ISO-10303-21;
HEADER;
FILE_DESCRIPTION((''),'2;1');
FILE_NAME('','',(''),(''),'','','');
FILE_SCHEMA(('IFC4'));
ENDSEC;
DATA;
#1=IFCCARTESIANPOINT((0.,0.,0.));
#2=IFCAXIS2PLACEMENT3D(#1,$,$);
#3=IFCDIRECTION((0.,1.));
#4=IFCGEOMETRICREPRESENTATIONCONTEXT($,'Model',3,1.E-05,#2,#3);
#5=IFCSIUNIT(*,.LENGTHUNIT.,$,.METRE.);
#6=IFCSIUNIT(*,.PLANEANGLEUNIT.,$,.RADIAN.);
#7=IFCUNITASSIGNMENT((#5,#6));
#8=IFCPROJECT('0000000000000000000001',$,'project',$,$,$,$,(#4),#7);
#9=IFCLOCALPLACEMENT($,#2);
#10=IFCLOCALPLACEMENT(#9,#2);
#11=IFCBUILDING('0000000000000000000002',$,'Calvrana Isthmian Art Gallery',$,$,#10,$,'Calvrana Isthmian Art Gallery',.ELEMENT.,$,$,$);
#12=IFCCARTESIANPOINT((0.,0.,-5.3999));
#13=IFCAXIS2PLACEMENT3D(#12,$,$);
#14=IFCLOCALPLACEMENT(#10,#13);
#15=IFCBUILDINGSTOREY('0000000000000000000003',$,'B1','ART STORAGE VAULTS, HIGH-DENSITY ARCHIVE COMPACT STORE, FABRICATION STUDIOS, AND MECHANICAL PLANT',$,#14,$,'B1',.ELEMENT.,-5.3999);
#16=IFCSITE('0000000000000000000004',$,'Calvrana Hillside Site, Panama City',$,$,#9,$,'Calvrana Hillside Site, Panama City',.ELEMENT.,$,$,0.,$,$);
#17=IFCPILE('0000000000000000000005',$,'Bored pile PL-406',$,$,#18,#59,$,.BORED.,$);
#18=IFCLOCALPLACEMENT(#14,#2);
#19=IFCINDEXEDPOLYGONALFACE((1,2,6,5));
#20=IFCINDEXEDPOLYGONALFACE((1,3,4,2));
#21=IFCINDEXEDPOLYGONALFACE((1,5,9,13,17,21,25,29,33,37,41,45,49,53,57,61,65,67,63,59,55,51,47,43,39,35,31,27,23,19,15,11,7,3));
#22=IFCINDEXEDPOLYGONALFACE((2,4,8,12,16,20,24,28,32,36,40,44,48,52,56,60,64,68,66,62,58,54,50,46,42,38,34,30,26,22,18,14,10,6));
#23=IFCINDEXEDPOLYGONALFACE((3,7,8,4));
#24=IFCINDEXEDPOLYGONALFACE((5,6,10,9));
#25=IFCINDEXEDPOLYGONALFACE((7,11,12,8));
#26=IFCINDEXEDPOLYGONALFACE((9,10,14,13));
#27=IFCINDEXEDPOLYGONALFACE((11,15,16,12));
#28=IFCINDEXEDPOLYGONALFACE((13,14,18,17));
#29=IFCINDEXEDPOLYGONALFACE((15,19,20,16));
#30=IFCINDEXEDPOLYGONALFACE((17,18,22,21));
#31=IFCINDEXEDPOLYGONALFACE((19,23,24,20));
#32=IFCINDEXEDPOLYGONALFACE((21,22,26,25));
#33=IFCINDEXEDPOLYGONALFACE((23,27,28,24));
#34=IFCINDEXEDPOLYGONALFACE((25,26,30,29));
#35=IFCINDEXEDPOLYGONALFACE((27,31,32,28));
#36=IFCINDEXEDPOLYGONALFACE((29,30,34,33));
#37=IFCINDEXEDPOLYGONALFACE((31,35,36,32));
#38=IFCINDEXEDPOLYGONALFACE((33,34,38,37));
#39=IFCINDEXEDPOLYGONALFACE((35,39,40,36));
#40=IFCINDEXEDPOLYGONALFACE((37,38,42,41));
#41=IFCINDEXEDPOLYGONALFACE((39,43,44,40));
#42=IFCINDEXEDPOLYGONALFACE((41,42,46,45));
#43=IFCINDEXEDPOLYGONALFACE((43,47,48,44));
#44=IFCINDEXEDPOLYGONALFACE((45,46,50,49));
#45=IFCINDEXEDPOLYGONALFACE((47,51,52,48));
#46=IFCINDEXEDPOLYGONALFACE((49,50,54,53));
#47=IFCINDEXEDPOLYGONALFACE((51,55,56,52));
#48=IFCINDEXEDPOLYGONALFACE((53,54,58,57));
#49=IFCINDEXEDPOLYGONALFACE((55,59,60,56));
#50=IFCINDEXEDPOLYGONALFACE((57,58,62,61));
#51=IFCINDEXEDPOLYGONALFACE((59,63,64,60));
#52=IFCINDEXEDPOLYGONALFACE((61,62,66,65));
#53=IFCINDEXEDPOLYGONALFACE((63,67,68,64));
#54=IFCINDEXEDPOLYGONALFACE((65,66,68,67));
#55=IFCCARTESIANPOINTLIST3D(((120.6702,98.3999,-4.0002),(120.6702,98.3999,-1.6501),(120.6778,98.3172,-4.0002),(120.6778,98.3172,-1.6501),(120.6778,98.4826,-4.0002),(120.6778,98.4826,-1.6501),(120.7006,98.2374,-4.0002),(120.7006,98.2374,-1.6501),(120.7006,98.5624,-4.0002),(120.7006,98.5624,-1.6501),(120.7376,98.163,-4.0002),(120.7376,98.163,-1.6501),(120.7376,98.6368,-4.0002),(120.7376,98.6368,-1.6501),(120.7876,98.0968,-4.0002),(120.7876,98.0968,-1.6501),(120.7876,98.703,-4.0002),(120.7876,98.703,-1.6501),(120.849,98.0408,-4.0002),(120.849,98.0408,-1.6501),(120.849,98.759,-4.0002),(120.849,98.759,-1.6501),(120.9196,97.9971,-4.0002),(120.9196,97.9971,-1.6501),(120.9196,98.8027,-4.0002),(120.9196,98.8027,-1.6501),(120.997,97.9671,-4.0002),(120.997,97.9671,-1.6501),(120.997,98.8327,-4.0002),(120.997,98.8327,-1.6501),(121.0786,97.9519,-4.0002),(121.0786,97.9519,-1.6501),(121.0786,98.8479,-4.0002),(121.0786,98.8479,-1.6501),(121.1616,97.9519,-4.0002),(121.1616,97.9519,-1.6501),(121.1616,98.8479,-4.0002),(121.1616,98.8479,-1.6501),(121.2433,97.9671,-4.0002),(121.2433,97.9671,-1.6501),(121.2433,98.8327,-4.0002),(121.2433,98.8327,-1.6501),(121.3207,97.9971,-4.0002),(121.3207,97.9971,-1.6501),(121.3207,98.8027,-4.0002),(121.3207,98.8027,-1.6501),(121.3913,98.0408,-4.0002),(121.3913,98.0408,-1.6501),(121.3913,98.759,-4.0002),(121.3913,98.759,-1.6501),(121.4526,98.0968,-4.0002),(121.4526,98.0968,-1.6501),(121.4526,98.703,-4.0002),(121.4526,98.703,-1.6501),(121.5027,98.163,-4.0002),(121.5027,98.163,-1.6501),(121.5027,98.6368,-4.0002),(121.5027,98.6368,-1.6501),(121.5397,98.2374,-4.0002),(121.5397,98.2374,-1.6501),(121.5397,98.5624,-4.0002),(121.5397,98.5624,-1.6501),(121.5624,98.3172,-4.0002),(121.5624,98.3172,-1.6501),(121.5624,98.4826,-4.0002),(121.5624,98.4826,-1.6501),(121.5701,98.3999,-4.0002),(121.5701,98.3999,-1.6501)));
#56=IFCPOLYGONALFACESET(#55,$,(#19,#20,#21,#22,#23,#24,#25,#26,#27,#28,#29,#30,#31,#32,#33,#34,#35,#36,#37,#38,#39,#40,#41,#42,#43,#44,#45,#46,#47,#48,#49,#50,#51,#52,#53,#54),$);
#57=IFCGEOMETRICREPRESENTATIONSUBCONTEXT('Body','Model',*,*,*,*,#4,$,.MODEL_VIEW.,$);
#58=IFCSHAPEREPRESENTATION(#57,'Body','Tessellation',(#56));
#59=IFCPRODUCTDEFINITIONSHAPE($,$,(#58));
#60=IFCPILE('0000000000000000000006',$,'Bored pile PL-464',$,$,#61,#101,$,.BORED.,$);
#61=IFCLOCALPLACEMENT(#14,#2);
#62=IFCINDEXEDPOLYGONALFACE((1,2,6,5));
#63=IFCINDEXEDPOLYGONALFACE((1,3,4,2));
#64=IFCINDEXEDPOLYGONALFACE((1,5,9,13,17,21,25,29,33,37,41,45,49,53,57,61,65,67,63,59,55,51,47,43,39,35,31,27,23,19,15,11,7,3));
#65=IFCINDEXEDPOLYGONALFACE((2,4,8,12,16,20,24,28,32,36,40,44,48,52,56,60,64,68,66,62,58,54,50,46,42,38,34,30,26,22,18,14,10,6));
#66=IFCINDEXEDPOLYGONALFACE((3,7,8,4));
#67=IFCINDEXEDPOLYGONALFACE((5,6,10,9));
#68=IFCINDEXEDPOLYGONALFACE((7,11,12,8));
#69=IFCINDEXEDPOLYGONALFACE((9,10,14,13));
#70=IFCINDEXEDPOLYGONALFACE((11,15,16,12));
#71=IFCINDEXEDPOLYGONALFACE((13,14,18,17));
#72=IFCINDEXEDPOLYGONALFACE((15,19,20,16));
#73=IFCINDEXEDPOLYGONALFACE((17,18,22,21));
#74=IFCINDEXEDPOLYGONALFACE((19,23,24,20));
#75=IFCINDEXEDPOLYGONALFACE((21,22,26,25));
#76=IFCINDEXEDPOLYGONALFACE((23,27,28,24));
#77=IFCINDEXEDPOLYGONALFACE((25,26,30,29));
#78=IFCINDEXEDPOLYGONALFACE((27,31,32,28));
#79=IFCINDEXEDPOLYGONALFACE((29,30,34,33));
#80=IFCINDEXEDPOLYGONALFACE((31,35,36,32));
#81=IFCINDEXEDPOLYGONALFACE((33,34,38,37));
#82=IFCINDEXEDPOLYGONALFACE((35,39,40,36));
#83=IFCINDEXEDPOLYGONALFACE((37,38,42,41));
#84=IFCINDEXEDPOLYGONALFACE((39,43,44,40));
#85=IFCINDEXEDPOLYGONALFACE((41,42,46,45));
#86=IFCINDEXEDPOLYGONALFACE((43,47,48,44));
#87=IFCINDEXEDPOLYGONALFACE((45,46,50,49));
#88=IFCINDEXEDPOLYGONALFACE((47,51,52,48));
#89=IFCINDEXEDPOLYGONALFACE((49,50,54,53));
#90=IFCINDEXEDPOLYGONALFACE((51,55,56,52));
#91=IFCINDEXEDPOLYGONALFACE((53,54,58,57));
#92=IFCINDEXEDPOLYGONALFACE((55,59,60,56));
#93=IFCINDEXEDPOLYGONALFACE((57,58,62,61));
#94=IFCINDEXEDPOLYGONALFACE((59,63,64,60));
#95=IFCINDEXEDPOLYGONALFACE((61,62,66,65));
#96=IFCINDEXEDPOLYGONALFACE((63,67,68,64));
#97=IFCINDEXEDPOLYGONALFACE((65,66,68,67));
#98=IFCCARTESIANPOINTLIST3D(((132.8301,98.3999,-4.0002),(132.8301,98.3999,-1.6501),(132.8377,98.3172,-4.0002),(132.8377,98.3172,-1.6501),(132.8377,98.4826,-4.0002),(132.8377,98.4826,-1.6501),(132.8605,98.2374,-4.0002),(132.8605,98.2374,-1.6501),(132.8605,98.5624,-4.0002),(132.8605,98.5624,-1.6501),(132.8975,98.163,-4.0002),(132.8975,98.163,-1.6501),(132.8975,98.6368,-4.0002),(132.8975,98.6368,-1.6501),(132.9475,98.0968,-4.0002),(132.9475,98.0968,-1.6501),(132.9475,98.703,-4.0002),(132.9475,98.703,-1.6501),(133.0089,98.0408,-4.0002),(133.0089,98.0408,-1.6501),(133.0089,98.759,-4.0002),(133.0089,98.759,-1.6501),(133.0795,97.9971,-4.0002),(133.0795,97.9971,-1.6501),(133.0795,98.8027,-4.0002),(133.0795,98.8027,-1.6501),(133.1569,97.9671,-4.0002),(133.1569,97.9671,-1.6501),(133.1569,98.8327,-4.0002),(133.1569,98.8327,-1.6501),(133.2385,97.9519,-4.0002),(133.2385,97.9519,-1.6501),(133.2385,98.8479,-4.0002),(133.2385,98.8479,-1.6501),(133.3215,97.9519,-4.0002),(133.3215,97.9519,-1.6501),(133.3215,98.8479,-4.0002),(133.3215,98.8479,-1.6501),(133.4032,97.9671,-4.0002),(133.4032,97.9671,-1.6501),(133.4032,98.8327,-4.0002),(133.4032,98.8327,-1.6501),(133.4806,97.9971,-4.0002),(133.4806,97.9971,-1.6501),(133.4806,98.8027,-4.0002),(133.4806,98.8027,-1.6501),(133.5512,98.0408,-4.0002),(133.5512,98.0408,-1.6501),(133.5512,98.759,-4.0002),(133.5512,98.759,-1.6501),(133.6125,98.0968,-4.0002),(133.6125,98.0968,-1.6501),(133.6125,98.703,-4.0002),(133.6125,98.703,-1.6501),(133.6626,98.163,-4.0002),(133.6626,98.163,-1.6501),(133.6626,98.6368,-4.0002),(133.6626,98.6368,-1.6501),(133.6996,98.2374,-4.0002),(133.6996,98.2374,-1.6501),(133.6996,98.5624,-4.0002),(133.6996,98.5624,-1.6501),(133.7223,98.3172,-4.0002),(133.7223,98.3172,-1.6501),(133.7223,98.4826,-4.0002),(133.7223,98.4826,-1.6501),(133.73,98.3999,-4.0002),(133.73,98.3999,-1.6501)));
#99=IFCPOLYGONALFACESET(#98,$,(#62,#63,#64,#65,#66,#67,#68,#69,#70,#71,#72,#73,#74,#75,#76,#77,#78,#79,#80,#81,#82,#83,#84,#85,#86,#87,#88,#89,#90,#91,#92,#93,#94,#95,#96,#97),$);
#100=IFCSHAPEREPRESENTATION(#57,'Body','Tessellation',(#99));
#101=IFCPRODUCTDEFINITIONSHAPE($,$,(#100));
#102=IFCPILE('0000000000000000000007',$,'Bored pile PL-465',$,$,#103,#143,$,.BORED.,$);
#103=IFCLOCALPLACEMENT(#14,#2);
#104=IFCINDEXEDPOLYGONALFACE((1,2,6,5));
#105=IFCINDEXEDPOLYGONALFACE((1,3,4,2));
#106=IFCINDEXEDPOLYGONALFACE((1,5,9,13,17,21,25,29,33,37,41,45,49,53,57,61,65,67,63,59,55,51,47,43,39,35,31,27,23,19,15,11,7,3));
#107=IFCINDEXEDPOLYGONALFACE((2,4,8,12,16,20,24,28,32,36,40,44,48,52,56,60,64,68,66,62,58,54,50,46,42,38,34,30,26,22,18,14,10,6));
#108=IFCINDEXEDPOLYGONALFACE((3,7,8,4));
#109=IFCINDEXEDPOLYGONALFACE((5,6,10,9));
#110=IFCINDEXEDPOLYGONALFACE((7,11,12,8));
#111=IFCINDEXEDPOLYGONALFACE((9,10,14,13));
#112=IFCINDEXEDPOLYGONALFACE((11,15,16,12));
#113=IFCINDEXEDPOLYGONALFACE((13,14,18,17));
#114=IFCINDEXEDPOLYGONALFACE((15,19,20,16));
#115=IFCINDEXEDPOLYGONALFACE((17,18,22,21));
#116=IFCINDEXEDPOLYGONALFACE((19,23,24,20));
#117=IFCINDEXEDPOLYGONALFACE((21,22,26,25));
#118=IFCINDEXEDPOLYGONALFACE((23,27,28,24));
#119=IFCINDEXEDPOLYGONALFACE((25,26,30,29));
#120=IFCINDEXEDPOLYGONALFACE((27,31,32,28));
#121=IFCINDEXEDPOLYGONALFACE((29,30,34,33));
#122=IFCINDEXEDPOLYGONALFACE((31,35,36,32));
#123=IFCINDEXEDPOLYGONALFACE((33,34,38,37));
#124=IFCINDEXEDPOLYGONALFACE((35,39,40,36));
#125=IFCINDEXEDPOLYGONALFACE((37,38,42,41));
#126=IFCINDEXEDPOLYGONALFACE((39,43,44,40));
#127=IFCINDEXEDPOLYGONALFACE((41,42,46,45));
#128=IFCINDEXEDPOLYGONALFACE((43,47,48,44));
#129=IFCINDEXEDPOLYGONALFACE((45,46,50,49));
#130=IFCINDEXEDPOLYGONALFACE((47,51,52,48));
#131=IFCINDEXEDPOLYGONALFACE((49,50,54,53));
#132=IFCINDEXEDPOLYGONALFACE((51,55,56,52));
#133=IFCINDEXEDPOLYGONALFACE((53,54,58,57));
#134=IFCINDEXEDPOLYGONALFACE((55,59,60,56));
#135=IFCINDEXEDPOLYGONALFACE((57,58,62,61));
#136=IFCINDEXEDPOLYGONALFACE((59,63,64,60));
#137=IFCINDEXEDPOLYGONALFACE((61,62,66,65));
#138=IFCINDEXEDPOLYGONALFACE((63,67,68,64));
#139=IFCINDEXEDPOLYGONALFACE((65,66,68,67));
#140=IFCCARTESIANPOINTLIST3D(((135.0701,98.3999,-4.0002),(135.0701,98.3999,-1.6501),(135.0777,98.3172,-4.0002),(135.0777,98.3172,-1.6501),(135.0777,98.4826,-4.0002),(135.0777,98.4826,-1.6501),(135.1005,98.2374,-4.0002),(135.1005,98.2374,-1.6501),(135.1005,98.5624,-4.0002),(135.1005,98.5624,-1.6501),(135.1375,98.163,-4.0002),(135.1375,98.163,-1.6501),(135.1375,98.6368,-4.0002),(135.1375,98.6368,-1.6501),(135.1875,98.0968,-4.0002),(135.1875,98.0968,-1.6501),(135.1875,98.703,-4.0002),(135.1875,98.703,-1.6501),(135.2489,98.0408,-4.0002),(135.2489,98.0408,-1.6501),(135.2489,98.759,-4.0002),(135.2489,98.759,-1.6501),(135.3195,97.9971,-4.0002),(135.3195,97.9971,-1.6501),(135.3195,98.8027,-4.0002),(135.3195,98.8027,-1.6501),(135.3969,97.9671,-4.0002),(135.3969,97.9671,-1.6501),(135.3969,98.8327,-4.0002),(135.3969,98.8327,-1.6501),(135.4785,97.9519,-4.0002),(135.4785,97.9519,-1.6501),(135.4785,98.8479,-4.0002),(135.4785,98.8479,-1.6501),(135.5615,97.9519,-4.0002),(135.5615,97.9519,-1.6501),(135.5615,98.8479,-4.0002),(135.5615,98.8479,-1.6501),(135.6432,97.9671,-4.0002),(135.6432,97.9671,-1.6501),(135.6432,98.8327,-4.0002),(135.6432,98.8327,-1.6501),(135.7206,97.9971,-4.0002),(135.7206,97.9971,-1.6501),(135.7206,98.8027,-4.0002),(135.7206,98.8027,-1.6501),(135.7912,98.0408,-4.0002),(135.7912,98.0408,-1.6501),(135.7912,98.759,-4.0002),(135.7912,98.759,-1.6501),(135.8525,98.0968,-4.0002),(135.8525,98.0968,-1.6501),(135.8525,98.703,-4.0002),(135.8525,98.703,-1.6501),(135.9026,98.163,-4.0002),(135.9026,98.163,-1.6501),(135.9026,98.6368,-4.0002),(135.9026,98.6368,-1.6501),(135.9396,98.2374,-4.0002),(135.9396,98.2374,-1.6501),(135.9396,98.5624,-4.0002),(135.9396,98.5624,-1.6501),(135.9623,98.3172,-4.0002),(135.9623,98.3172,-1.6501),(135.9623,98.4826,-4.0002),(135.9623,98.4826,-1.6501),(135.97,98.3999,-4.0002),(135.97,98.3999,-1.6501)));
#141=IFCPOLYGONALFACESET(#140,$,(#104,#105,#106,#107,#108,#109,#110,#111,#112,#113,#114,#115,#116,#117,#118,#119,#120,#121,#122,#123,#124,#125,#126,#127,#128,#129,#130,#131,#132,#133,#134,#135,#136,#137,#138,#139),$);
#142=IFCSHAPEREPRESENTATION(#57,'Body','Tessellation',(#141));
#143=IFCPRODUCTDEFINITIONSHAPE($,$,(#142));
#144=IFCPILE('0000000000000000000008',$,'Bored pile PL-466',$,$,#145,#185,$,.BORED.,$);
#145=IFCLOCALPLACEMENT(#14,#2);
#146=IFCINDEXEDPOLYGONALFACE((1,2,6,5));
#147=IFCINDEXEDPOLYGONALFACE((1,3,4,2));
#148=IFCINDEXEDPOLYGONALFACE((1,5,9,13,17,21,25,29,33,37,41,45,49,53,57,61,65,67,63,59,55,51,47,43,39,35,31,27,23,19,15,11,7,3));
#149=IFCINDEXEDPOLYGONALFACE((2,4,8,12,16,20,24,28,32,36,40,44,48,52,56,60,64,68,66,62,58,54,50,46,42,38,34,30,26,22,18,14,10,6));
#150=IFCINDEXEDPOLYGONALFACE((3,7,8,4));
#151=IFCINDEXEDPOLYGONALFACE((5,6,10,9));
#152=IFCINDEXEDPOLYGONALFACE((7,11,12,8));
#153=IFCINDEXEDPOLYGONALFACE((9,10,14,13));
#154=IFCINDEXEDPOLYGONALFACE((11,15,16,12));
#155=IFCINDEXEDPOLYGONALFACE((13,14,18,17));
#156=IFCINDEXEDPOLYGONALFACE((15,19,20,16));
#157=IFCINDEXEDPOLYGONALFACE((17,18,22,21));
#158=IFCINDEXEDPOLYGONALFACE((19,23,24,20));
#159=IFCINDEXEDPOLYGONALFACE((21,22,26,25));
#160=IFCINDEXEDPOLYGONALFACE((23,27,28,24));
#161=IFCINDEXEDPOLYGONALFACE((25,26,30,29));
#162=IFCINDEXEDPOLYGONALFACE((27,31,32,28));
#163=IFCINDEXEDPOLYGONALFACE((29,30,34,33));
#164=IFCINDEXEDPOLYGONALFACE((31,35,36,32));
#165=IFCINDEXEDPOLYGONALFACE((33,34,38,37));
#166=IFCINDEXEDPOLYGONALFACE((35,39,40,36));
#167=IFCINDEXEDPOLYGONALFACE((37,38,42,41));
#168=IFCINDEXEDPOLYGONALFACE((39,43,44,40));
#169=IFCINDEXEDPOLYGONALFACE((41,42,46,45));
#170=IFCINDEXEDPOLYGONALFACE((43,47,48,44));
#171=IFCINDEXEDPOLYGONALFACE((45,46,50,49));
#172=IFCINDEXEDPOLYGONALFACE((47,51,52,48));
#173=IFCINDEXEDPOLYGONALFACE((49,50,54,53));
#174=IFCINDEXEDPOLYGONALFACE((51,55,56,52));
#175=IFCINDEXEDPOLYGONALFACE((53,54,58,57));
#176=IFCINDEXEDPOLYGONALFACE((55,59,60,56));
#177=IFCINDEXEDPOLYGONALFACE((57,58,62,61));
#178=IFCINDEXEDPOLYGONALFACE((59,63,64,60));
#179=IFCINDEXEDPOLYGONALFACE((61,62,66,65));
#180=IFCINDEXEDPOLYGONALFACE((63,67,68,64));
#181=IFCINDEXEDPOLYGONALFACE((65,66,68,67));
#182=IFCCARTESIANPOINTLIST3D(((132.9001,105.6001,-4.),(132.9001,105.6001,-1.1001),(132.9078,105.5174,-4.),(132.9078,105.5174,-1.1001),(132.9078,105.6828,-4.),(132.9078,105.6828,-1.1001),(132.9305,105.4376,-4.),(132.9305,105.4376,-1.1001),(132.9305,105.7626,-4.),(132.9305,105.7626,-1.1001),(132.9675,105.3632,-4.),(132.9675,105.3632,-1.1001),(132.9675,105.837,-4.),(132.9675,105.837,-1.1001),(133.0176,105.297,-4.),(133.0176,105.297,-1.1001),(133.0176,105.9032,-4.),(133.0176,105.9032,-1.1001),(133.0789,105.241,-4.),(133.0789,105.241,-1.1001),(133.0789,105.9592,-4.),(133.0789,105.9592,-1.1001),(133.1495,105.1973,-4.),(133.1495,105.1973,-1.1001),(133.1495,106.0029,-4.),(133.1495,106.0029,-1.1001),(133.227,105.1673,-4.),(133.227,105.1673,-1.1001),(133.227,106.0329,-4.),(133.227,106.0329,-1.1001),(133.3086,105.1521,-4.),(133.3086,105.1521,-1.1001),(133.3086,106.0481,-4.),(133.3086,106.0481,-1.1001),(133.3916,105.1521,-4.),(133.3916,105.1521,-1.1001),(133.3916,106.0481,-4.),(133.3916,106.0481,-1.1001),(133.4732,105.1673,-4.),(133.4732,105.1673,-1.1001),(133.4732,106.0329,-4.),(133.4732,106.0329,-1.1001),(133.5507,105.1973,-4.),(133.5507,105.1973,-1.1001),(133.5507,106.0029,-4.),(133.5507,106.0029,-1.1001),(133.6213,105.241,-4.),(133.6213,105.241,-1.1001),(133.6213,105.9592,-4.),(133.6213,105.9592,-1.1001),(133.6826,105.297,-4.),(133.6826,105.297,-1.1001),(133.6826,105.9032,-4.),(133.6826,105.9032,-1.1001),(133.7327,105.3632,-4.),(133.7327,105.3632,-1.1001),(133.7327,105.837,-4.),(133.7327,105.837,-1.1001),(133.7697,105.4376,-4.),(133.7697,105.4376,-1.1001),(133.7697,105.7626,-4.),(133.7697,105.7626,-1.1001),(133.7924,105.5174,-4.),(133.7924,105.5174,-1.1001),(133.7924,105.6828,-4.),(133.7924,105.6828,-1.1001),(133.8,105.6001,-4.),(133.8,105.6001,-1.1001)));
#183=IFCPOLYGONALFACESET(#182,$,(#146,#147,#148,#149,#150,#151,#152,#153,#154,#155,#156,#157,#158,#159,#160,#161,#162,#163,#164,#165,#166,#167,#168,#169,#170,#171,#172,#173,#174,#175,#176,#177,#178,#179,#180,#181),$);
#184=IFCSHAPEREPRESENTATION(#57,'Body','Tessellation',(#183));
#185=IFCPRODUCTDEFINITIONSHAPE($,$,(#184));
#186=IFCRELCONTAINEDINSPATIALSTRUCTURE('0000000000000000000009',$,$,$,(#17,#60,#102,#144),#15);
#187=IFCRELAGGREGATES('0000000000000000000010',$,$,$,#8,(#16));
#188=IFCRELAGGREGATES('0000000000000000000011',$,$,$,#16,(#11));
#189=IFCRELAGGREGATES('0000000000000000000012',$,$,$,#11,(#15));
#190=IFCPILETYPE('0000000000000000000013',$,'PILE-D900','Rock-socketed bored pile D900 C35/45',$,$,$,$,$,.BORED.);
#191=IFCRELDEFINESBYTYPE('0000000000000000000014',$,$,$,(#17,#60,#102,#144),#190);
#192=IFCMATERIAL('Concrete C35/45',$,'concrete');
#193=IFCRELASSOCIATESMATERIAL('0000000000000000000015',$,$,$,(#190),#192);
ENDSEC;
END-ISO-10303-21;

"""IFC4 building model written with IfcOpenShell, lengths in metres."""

from ifc_helpers import new_model, si_unit, direction, frame, origin, origin_2d, place, context, subcontext, project, spatial, circle, extrude, material, material_profile, profile_set, type_object, element, save


model = new_model("IFC4")

# Units and contexts
model_context = context("Model", 3, precision=1e-05, world=origin(), true_north=direction((0.0, 1.0)))
body_context = subcontext(model_context, "Body", "Model", "MODEL_VIEW")
ifc_project = project(units=[si_unit("LENGTHUNIT", "METRE"), si_unit("PLANEANGLEUNIT", "RADIAN")], contexts=[model_context])

# Site, building, storey
site_placement = place(None, origin())
site = spatial("IfcSite", under=ifc_project, at=site_placement, Name="Calvrana Hillside Site, Panama City", LongName="Calvrana Hillside Site, Panama City", CompositionType="ELEMENT", RefElevation=0.0)
building_placement = place(site_placement, origin())
building = spatial("IfcBuilding", under=site, at=building_placement, Name="Calvrana Isthmian Art Gallery", LongName="Calvrana Isthmian Art Gallery", CompositionType="ELEMENT")
storey_placement = place(building_placement, frame((0.0, 0.0, -5.3999)))
storey = spatial("IfcBuildingStorey", under=building, at=storey_placement, Name="B1", Description="ART STORAGE VAULTS, HIGH-DENSITY ARCHIVE COMPACT STORE, FABRICATION STUDIOS, AND MECHANICAL PLANT", LongName="B1", CompositionType="ELEMENT", Elevation=-5.3999)

# Shared definitions
ifc_material_1 = material(Name="Concrete C35/45", Category="concrete")

# Piles
ifc_material_profile_1 = material_profile(ifc_material_1, circle(Radius=0.45, at=origin_2d()), Name="PILE900D")
ifc_profile_set_1 = profile_set([ifc_material_profile_1], Name="Concrete C35/45")
pile_type_1 = type_object("IfcPileType", Name="PILE-D900", Description="Rock-socketed bored pile D900 C35/45", PredefinedType="BORED", material=ifc_profile_set_1)
for number, where, z_axis, x_axis, name in (
    (1, (121.1201, 98.3999, -1.6501), (0.0, 0.0, -1.0), (1.0, 0.0, 0.0), "Bored pile PL-406"),
    (2, (133.28, 98.3999, -1.6501), (0.0, 0.0, -1.0), (1.0, 0.0, 0.0), "Bored pile PL-464"),
    (3, (135.52, 98.3999, -1.6501), (0.0, 0.0, -1.0), (1.0, 0.0, 0.0), "Bored pile PL-465"),
):
    element("IfcPile", number, at=place(storey_placement, frame(where, z_axis=z_axis, x_axis=x_axis)), inside=storey, type_object=pile_type_1, Name=name, PredefinedType="BORED", context=body_context, shape_type="SweptSolid", body=[
        extrude(circle(Radius=0.45, at=origin_2d()), origin(), (0.0, 0.0, 1.0), 2.3501),
    ])
for number, where, z_axis, x_axis, name in (
    (4, (133.3501, 105.6001, -1.1001), (0.0, 0.0, -1.0), (1.0, 0.0, 0.0), "Bored pile PL-466"),
):
    element("IfcPile", number, at=place(storey_placement, frame(where, z_axis=z_axis, x_axis=x_axis)), inside=storey, type_object=pile_type_1, Name=name, PredefinedType="BORED", context=body_context, shape_type="SweptSolid", body=[
        extrude(circle(Radius=0.45, at=origin_2d()), origin(), (0.0, 0.0, 1.0), 2.8999),
    ])

save(model, "model.ifc")
